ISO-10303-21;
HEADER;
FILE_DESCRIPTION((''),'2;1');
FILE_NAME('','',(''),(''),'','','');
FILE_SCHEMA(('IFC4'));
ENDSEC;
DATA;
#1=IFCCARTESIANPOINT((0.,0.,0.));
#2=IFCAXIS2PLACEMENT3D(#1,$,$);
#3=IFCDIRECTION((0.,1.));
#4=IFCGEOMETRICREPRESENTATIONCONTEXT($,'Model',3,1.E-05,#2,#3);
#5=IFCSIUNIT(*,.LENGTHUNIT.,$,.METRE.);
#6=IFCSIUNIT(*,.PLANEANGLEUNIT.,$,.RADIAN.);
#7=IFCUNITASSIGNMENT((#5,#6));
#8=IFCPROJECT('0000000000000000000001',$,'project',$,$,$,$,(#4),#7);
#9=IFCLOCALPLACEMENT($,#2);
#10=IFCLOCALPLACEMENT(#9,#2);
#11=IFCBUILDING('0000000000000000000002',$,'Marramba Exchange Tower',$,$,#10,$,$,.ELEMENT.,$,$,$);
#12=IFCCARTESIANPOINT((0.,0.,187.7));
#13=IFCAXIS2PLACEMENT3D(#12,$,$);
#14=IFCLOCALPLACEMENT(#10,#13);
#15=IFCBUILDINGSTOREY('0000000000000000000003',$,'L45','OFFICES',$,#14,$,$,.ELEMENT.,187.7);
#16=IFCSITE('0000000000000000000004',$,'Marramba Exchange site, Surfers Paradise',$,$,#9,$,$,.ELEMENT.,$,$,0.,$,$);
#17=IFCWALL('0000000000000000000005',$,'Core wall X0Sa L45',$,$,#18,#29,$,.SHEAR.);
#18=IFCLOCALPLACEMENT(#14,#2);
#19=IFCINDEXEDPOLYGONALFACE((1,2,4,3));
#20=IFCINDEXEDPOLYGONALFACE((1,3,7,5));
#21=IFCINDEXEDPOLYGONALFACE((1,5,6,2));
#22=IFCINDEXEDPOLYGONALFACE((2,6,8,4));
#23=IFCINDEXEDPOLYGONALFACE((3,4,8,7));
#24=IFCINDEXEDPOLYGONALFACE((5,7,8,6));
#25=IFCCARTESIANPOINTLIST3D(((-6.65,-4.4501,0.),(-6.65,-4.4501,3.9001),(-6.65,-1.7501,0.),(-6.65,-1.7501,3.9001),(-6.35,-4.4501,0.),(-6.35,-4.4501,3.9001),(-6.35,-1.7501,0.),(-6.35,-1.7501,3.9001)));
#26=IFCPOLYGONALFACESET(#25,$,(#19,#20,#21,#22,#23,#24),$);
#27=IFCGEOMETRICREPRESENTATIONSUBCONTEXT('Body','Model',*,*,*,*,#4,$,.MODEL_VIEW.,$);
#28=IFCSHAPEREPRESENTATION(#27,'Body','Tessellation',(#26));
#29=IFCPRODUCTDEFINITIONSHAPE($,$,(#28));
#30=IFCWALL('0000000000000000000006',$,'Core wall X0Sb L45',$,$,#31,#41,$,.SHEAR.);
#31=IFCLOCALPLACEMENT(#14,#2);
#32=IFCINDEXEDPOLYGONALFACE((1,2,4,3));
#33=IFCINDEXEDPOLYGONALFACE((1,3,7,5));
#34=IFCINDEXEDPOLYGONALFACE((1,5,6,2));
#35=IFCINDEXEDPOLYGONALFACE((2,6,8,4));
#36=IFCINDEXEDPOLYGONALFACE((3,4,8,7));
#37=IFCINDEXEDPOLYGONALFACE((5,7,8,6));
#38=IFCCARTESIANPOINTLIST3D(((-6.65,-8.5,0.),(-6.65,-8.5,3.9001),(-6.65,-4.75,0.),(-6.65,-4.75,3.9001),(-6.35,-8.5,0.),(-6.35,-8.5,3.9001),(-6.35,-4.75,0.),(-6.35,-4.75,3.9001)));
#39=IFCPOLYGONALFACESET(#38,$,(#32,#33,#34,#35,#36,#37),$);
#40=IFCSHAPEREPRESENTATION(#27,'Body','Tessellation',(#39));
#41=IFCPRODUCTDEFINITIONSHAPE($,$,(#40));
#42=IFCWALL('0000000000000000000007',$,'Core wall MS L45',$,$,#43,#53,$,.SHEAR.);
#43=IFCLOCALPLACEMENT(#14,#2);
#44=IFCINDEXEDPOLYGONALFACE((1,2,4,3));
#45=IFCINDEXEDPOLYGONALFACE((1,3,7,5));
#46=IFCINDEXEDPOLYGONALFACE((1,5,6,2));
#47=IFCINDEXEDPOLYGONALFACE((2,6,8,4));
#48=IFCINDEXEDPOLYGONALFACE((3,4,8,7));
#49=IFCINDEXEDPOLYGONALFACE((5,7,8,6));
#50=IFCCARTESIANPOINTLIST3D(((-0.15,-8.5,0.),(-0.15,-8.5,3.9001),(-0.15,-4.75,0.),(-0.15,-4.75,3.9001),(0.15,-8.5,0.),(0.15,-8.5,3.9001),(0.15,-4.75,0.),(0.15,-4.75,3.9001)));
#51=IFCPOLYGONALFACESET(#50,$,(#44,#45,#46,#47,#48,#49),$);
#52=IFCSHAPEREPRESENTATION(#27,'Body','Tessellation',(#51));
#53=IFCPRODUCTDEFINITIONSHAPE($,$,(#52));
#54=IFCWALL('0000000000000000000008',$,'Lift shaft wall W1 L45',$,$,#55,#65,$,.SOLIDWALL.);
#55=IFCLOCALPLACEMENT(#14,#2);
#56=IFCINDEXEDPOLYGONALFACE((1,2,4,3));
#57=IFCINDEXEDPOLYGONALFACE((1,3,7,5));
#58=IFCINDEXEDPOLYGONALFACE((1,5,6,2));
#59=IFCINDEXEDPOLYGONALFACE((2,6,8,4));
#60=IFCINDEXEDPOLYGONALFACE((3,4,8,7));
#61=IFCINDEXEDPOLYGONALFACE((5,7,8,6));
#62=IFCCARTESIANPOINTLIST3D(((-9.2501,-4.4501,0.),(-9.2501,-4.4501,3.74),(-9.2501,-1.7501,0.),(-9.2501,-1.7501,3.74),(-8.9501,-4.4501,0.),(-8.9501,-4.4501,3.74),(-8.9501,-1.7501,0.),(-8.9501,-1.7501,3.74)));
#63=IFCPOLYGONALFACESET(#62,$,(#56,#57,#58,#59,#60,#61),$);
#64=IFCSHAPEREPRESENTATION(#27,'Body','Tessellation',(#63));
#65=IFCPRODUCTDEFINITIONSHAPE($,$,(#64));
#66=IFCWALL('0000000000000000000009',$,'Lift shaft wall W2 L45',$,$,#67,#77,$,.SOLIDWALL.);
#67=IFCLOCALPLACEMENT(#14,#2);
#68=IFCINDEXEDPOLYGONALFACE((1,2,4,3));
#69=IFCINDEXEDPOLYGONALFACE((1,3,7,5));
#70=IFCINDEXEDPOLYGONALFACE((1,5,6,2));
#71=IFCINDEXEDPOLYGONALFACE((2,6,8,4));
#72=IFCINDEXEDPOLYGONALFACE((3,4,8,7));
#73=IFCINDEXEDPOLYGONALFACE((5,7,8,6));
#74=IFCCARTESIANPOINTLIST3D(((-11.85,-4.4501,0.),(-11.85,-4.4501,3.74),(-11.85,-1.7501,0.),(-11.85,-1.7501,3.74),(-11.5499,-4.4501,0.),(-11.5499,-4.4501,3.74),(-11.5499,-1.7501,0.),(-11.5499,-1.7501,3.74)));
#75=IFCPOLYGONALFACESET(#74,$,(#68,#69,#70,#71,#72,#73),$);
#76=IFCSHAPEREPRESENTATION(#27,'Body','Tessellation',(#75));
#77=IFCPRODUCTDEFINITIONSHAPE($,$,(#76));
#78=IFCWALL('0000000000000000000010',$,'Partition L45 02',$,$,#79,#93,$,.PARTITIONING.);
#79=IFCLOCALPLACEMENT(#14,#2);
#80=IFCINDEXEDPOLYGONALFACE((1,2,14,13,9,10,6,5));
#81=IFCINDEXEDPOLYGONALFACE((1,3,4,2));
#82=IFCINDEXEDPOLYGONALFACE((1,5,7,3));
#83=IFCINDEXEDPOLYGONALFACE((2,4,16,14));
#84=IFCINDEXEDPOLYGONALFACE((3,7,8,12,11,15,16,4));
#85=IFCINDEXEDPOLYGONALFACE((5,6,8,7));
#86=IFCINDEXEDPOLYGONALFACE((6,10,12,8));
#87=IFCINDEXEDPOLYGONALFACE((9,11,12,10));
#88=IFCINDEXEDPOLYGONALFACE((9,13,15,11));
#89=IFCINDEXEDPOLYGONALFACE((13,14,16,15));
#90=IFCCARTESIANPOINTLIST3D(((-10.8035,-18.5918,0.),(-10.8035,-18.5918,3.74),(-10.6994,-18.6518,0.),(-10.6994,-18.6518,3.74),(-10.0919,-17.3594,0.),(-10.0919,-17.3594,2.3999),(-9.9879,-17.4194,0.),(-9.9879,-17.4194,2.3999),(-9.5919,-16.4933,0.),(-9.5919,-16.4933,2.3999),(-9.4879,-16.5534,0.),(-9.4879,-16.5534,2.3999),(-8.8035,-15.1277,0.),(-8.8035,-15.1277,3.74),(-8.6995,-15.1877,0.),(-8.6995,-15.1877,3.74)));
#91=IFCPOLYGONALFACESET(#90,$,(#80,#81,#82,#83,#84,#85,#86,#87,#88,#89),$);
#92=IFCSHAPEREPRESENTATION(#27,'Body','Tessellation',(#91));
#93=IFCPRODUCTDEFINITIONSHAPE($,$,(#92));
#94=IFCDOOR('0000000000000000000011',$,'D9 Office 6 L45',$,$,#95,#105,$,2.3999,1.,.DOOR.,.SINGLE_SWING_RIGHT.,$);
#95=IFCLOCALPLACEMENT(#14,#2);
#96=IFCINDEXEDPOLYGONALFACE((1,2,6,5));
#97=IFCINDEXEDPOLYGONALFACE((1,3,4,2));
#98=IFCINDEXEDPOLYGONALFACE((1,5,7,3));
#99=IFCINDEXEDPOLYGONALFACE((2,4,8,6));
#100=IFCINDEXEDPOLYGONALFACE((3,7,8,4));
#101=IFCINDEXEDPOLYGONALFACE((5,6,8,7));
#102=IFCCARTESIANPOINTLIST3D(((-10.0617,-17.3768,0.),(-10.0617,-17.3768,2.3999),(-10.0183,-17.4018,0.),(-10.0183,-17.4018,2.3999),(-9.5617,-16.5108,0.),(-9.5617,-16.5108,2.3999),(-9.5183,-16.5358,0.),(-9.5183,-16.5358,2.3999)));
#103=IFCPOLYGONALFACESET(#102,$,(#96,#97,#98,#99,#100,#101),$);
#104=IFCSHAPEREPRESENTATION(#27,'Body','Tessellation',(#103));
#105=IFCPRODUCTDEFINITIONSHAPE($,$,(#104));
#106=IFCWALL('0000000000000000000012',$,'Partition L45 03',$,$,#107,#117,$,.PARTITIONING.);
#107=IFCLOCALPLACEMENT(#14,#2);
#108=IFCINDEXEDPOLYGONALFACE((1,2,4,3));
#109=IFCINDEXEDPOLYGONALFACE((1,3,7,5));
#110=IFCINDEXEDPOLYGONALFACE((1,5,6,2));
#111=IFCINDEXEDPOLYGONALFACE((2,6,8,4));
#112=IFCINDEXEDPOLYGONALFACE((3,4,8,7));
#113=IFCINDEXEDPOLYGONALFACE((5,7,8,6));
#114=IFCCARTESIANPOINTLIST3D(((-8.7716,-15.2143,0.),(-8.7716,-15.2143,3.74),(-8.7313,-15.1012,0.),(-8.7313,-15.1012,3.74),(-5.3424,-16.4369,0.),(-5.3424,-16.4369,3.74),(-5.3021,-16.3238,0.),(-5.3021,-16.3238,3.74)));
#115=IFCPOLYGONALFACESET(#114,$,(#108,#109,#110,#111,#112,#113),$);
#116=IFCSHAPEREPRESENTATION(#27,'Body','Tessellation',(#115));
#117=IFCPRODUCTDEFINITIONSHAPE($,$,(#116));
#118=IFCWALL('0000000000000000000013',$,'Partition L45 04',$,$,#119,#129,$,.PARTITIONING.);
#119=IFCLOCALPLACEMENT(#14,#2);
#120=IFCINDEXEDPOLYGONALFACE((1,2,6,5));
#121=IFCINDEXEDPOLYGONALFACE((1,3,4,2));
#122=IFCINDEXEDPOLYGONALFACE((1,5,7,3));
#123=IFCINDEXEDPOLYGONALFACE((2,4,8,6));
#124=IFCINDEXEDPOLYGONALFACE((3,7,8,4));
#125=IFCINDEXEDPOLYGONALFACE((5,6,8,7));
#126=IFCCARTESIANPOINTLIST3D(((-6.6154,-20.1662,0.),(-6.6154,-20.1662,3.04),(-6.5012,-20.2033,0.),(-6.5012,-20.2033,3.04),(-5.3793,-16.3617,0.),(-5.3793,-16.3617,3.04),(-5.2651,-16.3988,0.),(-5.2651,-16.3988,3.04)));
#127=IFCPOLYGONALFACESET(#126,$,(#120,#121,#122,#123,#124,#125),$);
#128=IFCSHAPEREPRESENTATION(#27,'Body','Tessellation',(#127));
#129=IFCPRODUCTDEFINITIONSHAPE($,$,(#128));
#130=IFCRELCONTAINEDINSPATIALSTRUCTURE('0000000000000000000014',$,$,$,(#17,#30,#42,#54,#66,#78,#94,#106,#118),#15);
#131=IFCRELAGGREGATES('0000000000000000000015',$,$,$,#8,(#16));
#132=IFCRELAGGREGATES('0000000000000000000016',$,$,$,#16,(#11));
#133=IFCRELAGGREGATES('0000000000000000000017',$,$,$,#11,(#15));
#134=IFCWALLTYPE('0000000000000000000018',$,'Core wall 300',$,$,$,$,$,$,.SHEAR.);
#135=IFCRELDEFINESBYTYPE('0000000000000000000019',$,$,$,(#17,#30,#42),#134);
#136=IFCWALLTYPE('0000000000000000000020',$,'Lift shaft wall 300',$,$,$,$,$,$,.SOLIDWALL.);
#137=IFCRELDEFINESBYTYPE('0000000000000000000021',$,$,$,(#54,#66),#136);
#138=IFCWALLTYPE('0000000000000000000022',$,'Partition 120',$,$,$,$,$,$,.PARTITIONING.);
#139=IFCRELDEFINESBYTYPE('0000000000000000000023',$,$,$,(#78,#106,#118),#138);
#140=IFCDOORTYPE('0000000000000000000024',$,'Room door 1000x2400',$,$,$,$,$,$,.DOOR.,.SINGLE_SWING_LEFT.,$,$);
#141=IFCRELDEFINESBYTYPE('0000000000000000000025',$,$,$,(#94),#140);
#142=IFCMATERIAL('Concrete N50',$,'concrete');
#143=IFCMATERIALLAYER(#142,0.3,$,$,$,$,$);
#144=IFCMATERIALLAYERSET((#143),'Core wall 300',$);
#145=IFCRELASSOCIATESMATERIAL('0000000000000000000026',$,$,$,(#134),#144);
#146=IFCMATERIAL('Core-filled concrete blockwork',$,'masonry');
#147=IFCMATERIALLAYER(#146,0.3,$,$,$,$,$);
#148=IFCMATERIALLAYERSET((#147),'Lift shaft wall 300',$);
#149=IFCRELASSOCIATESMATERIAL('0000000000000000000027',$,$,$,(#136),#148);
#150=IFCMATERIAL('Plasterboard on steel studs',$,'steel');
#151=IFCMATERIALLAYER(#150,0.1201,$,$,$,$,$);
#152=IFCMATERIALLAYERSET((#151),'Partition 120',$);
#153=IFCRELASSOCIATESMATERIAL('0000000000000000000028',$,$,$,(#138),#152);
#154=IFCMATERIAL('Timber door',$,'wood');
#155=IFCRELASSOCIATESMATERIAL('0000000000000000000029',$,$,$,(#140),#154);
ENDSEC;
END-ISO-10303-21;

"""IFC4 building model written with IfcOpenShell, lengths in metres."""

from ifc_helpers import new_model, si_unit, direction, frame, frame_2d, origin, place, context, subcontext, project, spatial, rectangle, extrude, material, layer, layer_set, type_object, element, fill, save


model = new_model("IFC4")

# Units and contexts
model_context = context("Model", 3, precision=1e-05, world=origin(), true_north=direction((0.0, 1.0)))
body_context = subcontext(model_context, "Body", "Model", "MODEL_VIEW")
ifc_project = project(units=[si_unit("LENGTHUNIT", "METRE"), si_unit("PLANEANGLEUNIT", "RADIAN")], contexts=[model_context])

# Site, building, storey
site_placement = place(None, origin())
site = spatial("IfcSite", under=ifc_project, at=site_placement, Name="Marramba Exchange site, Surfers Paradise", CompositionType="ELEMENT", RefElevation=0.0)
building_placement = place(site_placement, origin())
building = spatial("IfcBuilding", under=site, at=building_placement, Name="Marramba Exchange Tower", CompositionType="ELEMENT")
storey_placement = place(building_placement, frame((0.0, 0.0, 187.7)))
storey = spatial("IfcBuildingStorey", under=building, at=storey_placement, Name="L45", Description="OFFICES", CompositionType="ELEMENT", Elevation=187.7)

# Shared definitions
ifc_material_1 = material(Name="Concrete N50", Category="concrete")

# Walls
ifc_layer_1 = layer(ifc_material_1, 0.3)
ifc_layer_set_1 = layer_set([ifc_layer_1], Name="Core wall 300")
wall_type_1 = type_object("IfcWallType", Name="Core wall 300", PredefinedType="SHEAR", material=ifc_layer_set_1)
wall_1_placement = place(storey_placement, frame((-6.5, -1.75, 0.0), z_axis=(0.0, 0.0, 1.0), x_axis=(0.0, -1.0, 0.0)))
element("IfcWall", 1, at=wall_1_placement, inside=storey, type_object=wall_type_1, Name="Core wall X0Sa L45", PredefinedType="SHEAR", context=body_context, shape_type="SweptSolid", body=[
    extrude(rectangle(XDim=2.7, YDim=0.3, at=frame_2d((1.3501, 0.0))), origin(), (0.0, 0.0, 1.0), 3.9001),
])
for number, where, z_axis, x_axis, name in (
    (2, (-6.5, -4.75, 0.0), (0.0, 0.0, 1.0), (0.0, -1.0, 0.0), "Core wall X0Sb L45"),
    (3, (0.0, -4.75, 0.0), (0.0, 0.0, 1.0), (0.0, -1.0, 0.0), "Core wall MS L45"),
):
    element("IfcWall", number, at=place(storey_placement, frame(where, z_axis=z_axis, x_axis=x_axis)), inside=storey, type_object=wall_type_1, Name=name, PredefinedType="SHEAR", context=body_context, shape_type="SweptSolid", body=[
        extrude(rectangle(XDim=3.75, YDim=0.3, at=frame_2d((1.875, 0.0))), origin(), (0.0, 0.0, 1.0), 3.9001),
    ])
ifc_material_2 = material(Name="Core-filled concrete blockwork", Category="masonry")
ifc_layer_2 = layer(ifc_material_2, 0.3)
ifc_layer_set_2 = layer_set([ifc_layer_2], Name="Lift shaft wall 300")
wall_type_2 = type_object("IfcWallType", Name="Lift shaft wall 300", PredefinedType="SOLIDWALL", material=ifc_layer_set_2)
for number, where, z_axis, x_axis, name in (
    (4, (-9.1001, -1.75, 0.0), (0.0, 0.0, 1.0), (0.0, -1.0, 0.0), "Lift shaft wall W1 L45"),
    (5, (-11.7, -1.75, 0.0), (0.0, 0.0, 1.0), (0.0, -1.0, 0.0), "Lift shaft wall W2 L45"),
):
    element("IfcWall", number, at=place(storey_placement, frame(where, z_axis=z_axis, x_axis=x_axis)), inside=storey, type_object=wall_type_2, Name=name, PredefinedType="SOLIDWALL", context=body_context, shape_type="SweptSolid", body=[
        extrude(rectangle(XDim=2.7, YDim=0.3, at=frame_2d((1.3501, 0.0))), origin(), (0.0, 0.0, 1.0), 3.74),
    ])

# Wall, opening, door
ifc_material_3 = material(Name="Plasterboard on steel studs", Category="steel")
ifc_layer_3 = layer(ifc_material_3, 0.1201)
ifc_layer_set_3 = layer_set([ifc_layer_3], Name="Partition 120")
wall_type_3 = type_object("IfcWallType", Name="Partition 120", PredefinedType="PARTITIONING", material=ifc_layer_set_3)
wall_2_placement = place(storey_placement, frame((-8.7515, -15.1577, 0.0), z_axis=(0.0, 0.0, 1.0), x_axis=(-0.499999, -0.866026, 0.0)))
wall_2 = element("IfcWall", 6, at=wall_2_placement, inside=storey, type_object=wall_type_3, Name="Partition L45 02", PredefinedType="PARTITIONING", context=body_context, shape_type="SweptSolid", body=[
    extrude(rectangle(XDim=4.0, YDim=0.1201, at=frame_2d((2.0, 0.0))), origin(), (0.0, 0.0, 1.0), 3.74),
])
opening_1_placement = place(wall_2_placement, frame((1.5769, 0.0, 0.0)))
opening_1 = element("IfcOpeningElement", 7, at=opening_1_placement, cuts=wall_2, PredefinedType="OPENING", context=body_context, shape_type="SweptSolid", body=[
    extrude(rectangle(XDim=1.0, YDim=2.3999, at=frame_2d((0.5, 1.2))), frame((0.0, 0.0701, 0.0), z_axis=(0.0, -1.0, 0.0), x_axis=(1.0, 0.0, 0.0)), (0.0, 0.0, 1.0), 0.1401),
])
ifc_material_4 = material(Name="Timber door", Category="wood")
door_type = type_object("IfcDoorType", Name="Room door 1000x2400", OperationType="SINGLE_SWING_LEFT", PredefinedType="DOOR", material=ifc_material_4)
door_1_placement = place(opening_1_placement, origin())
door_1 = element("IfcDoor", 8, at=door_1_placement, inside=storey, type_object=door_type, Name="D9 Office 6 L45", OperationType="SINGLE_SWING_RIGHT", OverallHeight=2.3999, OverallWidth=1.0, PredefinedType="DOOR", context=body_context, shape_type="SweptSolid", body=[
    extrude(rectangle(XDim=1.0, YDim=2.3999, at=frame_2d((0.5, 1.2))), frame((0.0, 0.0249, 0.0), z_axis=(0.0, -1.0, 0.0), x_axis=(1.0, 0.0, 0.0)), (0.0, 0.0, 1.0), 0.05),
])
fill(opening_1, door_1)

# Walls
wall_3_placement = place(storey_placement, frame((-5.3223, -16.3804, 0.0), z_axis=(0.0, 0.0, 1.0), x_axis=(-0.941921, 0.335835, 0.0)))
element("IfcWall", 9, at=wall_3_placement, inside=storey, type_object=wall_type_3, Name="Partition L45 03", PredefinedType="PARTITIONING", context=body_context, shape_type="SweptSolid", body=[
    extrude(rectangle(XDim=3.6406, YDim=0.1201, at=frame_2d((1.8203, 0.0))), origin(), (0.0, 0.0, 1.0), 3.74),
])
wall_4_placement = place(storey_placement, frame((-5.3223, -16.3804, 0.0), z_axis=(0.0, 0.0, 1.0), x_axis=(-0.309005, -0.951061, 0.0)))
element("IfcWall", 10, at=wall_4_placement, inside=storey, type_object=wall_type_3, Name="Partition L45 04", PredefinedType="PARTITIONING", context=body_context, shape_type="SweptSolid", body=[
    extrude(rectangle(XDim=4.0002, YDim=0.1201, at=frame_2d((2.0, 0.0))), origin(), (0.0, 0.0, 1.0), 3.04),
])

save(model, "model.ifc")
